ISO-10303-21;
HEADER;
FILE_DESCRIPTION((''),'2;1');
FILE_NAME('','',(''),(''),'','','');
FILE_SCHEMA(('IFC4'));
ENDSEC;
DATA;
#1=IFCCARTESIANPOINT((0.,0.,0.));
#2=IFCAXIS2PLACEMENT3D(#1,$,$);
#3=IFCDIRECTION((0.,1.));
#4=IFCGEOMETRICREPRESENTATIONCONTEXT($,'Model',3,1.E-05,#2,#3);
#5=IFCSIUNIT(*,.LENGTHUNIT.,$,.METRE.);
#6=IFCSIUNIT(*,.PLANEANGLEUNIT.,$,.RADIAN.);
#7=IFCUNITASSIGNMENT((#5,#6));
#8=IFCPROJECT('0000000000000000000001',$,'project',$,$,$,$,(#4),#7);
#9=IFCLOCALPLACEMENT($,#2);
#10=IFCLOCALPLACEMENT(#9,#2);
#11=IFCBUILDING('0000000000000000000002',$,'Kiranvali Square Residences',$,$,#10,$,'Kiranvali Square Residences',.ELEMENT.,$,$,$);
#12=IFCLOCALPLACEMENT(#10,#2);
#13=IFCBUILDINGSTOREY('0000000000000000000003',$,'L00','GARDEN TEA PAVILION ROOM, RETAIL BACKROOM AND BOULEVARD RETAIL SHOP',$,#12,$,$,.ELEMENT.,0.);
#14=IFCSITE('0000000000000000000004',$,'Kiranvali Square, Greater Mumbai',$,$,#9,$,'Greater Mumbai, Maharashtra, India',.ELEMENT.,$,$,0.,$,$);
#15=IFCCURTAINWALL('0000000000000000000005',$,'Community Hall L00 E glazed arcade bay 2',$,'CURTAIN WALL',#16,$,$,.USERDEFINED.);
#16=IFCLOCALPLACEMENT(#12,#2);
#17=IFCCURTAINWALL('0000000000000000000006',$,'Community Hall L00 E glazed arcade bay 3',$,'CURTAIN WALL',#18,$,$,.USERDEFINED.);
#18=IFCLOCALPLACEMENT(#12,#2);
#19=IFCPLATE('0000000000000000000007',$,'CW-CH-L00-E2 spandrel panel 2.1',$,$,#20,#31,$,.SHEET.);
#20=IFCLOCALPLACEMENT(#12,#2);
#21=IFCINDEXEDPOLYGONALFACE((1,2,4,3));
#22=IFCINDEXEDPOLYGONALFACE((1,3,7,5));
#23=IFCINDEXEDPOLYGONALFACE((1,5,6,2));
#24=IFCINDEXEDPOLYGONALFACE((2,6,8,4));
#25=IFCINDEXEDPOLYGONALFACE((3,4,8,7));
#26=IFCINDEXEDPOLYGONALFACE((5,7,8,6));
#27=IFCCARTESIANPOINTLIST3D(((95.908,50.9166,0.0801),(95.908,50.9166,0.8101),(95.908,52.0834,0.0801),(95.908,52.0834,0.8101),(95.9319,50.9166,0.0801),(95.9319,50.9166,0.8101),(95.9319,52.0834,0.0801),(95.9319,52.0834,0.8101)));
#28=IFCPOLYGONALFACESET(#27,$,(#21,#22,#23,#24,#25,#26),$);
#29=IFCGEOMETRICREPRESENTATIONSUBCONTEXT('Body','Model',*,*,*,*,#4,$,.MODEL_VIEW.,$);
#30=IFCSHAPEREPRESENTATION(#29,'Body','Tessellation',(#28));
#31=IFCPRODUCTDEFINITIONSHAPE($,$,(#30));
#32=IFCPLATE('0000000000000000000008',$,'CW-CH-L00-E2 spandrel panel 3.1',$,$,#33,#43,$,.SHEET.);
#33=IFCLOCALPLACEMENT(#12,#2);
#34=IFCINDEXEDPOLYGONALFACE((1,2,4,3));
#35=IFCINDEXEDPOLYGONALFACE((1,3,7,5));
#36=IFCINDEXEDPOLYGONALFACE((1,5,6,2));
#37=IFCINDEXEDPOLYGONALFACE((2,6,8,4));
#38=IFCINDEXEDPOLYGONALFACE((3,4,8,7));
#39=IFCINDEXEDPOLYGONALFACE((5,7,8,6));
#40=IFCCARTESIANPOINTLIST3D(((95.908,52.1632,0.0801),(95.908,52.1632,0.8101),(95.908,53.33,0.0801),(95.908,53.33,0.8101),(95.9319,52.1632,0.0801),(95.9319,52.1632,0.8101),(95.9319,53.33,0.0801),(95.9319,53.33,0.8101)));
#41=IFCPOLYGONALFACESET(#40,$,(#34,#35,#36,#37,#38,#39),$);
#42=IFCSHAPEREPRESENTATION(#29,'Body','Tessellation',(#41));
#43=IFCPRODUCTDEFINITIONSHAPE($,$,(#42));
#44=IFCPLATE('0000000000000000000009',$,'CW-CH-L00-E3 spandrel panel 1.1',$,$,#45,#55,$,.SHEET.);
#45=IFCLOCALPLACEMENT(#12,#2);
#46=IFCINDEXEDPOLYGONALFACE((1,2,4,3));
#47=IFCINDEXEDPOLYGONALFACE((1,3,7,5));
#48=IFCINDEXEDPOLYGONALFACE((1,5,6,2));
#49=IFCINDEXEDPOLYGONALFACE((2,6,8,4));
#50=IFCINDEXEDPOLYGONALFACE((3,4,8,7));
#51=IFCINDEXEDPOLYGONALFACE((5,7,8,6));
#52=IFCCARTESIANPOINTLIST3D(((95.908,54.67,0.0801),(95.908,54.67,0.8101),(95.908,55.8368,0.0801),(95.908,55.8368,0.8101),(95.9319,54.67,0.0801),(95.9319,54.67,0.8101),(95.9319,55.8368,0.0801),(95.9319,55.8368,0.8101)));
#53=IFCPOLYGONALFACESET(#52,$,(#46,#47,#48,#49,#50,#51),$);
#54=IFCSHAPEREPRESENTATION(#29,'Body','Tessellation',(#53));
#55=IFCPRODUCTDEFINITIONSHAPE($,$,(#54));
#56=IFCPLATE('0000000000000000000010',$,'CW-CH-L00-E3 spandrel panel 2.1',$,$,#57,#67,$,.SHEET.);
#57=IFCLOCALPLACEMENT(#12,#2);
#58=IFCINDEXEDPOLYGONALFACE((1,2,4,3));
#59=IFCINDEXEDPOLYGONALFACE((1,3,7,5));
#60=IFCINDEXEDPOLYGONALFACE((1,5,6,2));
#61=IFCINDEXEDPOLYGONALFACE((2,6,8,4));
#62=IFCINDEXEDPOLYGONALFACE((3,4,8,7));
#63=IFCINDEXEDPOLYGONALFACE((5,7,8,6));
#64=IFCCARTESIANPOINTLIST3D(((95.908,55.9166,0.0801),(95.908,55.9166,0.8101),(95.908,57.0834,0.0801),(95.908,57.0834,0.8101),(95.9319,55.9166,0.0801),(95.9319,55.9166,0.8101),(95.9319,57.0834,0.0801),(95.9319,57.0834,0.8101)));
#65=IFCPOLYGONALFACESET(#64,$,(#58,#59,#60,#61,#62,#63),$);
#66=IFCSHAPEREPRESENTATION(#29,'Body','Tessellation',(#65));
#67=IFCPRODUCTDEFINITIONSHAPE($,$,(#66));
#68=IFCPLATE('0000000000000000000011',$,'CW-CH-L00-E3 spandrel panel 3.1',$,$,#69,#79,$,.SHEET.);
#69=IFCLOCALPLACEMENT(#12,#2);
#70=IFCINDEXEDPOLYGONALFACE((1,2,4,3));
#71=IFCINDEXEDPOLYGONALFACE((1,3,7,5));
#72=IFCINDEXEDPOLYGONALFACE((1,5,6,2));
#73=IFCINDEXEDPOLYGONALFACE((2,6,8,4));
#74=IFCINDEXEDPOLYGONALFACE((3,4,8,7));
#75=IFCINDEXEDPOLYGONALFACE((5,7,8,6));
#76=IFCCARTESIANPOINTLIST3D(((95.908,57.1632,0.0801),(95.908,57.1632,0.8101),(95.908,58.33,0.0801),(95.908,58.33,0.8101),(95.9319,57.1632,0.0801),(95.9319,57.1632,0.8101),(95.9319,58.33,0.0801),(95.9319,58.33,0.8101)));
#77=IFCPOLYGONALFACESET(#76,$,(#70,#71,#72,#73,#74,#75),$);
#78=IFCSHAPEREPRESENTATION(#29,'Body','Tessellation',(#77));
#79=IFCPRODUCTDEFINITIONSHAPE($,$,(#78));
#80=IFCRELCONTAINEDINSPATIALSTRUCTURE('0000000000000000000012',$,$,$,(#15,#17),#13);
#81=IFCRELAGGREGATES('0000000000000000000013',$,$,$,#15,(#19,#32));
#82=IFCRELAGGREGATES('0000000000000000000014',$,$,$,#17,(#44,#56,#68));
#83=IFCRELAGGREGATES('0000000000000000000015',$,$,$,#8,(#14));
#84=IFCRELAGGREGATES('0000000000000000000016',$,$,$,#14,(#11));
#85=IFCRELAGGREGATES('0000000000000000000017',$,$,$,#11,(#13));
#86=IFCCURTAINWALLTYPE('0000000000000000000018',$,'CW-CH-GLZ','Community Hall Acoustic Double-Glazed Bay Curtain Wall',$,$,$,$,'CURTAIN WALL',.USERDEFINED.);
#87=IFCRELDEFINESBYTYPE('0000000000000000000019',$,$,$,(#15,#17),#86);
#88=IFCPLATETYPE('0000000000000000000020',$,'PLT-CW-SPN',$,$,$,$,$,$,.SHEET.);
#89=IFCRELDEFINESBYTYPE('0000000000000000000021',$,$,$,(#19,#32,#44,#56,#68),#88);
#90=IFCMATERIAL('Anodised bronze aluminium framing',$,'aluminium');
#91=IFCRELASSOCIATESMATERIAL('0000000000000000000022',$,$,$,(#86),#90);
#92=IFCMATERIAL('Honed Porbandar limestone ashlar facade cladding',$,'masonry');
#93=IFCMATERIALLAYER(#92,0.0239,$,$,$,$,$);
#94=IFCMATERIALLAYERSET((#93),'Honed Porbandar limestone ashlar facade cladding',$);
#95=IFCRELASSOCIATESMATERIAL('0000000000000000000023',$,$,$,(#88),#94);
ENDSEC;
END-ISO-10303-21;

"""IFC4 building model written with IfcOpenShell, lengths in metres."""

from ifc_helpers import new_model, si_unit, direction, frame, origin, origin_2d, place, context, subcontext, project, spatial, rectangle, extrude, material, layer, layer_set, type_object, element, aggregate, save


model = new_model("IFC4")

# Units and contexts
model_context = context("Model", 3, precision=1e-05, world=origin(), true_north=direction((0.0, 1.0)))
body_context = subcontext(model_context, "Body", "Model", "MODEL_VIEW")
ifc_project = project(units=[si_unit("LENGTHUNIT", "METRE"), si_unit("PLANEANGLEUNIT", "RADIAN")], contexts=[model_context])

# Site, building, storey
site_placement = place(None, origin())
site = spatial("IfcSite", under=ifc_project, at=site_placement, Name="Kiranvali Square, Greater Mumbai", LongName="Greater Mumbai, Maharashtra, India", CompositionType="ELEMENT", RefElevation=0.0)
building_placement = place(site_placement, origin())
building = spatial("IfcBuilding", under=site, at=building_placement, Name="Kiranvali Square Residences", LongName="Kiranvali Square Residences", CompositionType="ELEMENT")
storey_placement = place(building_placement, origin())
storey = spatial("IfcBuildingStorey", under=building, at=storey_placement, Name="L00", Description="GARDEN TEA PAVILION ROOM, RETAIL BACKROOM AND BOULEVARD RETAIL SHOP", CompositionType="ELEMENT", Elevation=0.0)

# Curtain walls
ifc_material_1 = material(Name="Anodised bronze aluminium framing", Category="aluminium")
curtain_wall_type = type_object("IfcCurtainWallType", Name="CW-CH-GLZ", Description="Community Hall Acoustic Double-Glazed Bay Curtain Wall", ElementType="CURTAIN WALL", PredefinedType="USERDEFINED", material=ifc_material_1)
curtain_wall_1_placement = place(storey_placement, origin())
curtain_wall_1 = element("IfcCurtainWall", 1, at=curtain_wall_1_placement, inside=storey, type_object=curtain_wall_type, Name="Community Hall L00 E glazed arcade bay 2", ObjectType="CURTAIN WALL", PredefinedType="USERDEFINED")
curtain_wall_2_placement = place(storey_placement, origin())
curtain_wall_2 = element("IfcCurtainWall", 2, at=curtain_wall_2_placement, inside=storey, type_object=curtain_wall_type, Name="Community Hall L00 E glazed arcade bay 3", ObjectType="CURTAIN WALL", PredefinedType="USERDEFINED")

# Plates
ifc_material_2 = material(Name="Honed Porbandar limestone ashlar facade cladding", Category="masonry")
ifc_layer_1 = layer(ifc_material_2, 0.0239)
ifc_layer_set_1 = layer_set([ifc_layer_1], Name="Honed Porbandar limestone ashlar facade cladding")
plate_type_1 = type_object("IfcPlateType", Name="PLT-CW-SPN", PredefinedType="SHEET", material=ifc_layer_set_1)
plate_1_placement = place(storey_placement, frame((95.9199, 51.5, 0.0801), z_axis=(0.0, 0.0, 1.0), x_axis=(0.0, 1.0, 0.0)))
plate_1 = element("IfcPlate", 3, at=plate_1_placement, type_object=plate_type_1, Name="CW-CH-L00-E2 spandrel panel 2.1", PredefinedType="SHEET", context=body_context, shape_type="SweptSolid", body=[
    extrude(rectangle(XDim=1.1667, YDim=0.0239, at=origin_2d()), origin(), (0.0, 0.0, 1.0), 0.73),
])
plate_2_placement = place(storey_placement, frame((95.9199, 52.7466, 0.0801), z_axis=(0.0, 0.0, 1.0), x_axis=(0.0, 1.0, 0.0)))
plate_2 = element("IfcPlate", 4, at=plate_2_placement, type_object=plate_type_1, Name="CW-CH-L00-E2 spandrel panel 3.1", PredefinedType="SHEET", context=body_context, shape_type="SweptSolid", body=[
    extrude(rectangle(XDim=1.1667, YDim=0.0239, at=origin_2d()), origin(), (0.0, 0.0, 1.0), 0.73),
])
aggregate(curtain_wall_1, [plate_1, plate_2])
plate_3_placement = place(storey_placement, frame((95.9199, 55.2534, 0.0801), z_axis=(0.0, 0.0, 1.0), x_axis=(0.0, 1.0, 0.0)))
plate_3 = element("IfcPlate", 5, at=plate_3_placement, type_object=plate_type_1, Name="CW-CH-L00-E3 spandrel panel 1.1", PredefinedType="SHEET", context=body_context, shape_type="SweptSolid", body=[
    extrude(rectangle(XDim=1.1667, YDim=0.0239, at=origin_2d()), origin(), (0.0, 0.0, 1.0), 0.73),
])
plate_4_placement = place(storey_placement, frame((95.9199, 56.5, 0.0801), z_axis=(0.0, 0.0, 1.0), x_axis=(0.0, 1.0, 0.0)))
plate_4 = element("IfcPlate", 6, at=plate_4_placement, type_object=plate_type_1, Name="CW-CH-L00-E3 spandrel panel 2.1", PredefinedType="SHEET", context=body_context, shape_type="SweptSolid", body=[
    extrude(rectangle(XDim=1.1667, YDim=0.0239, at=origin_2d()), origin(), (0.0, 0.0, 1.0), 0.73),
])
plate_5_placement = place(storey_placement, frame((95.9199, 57.7466, 0.0801), z_axis=(0.0, 0.0, 1.0), x_axis=(0.0, 1.0, 0.0)))
plate_5 = element("IfcPlate", 7, at=plate_5_placement, type_object=plate_type_1, Name="CW-CH-L00-E3 spandrel panel 3.1", PredefinedType="SHEET", context=body_context, shape_type="SweptSolid", body=[
    extrude(rectangle(XDim=1.1667, YDim=0.0239, at=origin_2d()), origin(), (0.0, 0.0, 1.0), 0.73),
])
aggregate(curtain_wall_2, [plate_3, plate_4, plate_5])

save(model, "model.ifc")
